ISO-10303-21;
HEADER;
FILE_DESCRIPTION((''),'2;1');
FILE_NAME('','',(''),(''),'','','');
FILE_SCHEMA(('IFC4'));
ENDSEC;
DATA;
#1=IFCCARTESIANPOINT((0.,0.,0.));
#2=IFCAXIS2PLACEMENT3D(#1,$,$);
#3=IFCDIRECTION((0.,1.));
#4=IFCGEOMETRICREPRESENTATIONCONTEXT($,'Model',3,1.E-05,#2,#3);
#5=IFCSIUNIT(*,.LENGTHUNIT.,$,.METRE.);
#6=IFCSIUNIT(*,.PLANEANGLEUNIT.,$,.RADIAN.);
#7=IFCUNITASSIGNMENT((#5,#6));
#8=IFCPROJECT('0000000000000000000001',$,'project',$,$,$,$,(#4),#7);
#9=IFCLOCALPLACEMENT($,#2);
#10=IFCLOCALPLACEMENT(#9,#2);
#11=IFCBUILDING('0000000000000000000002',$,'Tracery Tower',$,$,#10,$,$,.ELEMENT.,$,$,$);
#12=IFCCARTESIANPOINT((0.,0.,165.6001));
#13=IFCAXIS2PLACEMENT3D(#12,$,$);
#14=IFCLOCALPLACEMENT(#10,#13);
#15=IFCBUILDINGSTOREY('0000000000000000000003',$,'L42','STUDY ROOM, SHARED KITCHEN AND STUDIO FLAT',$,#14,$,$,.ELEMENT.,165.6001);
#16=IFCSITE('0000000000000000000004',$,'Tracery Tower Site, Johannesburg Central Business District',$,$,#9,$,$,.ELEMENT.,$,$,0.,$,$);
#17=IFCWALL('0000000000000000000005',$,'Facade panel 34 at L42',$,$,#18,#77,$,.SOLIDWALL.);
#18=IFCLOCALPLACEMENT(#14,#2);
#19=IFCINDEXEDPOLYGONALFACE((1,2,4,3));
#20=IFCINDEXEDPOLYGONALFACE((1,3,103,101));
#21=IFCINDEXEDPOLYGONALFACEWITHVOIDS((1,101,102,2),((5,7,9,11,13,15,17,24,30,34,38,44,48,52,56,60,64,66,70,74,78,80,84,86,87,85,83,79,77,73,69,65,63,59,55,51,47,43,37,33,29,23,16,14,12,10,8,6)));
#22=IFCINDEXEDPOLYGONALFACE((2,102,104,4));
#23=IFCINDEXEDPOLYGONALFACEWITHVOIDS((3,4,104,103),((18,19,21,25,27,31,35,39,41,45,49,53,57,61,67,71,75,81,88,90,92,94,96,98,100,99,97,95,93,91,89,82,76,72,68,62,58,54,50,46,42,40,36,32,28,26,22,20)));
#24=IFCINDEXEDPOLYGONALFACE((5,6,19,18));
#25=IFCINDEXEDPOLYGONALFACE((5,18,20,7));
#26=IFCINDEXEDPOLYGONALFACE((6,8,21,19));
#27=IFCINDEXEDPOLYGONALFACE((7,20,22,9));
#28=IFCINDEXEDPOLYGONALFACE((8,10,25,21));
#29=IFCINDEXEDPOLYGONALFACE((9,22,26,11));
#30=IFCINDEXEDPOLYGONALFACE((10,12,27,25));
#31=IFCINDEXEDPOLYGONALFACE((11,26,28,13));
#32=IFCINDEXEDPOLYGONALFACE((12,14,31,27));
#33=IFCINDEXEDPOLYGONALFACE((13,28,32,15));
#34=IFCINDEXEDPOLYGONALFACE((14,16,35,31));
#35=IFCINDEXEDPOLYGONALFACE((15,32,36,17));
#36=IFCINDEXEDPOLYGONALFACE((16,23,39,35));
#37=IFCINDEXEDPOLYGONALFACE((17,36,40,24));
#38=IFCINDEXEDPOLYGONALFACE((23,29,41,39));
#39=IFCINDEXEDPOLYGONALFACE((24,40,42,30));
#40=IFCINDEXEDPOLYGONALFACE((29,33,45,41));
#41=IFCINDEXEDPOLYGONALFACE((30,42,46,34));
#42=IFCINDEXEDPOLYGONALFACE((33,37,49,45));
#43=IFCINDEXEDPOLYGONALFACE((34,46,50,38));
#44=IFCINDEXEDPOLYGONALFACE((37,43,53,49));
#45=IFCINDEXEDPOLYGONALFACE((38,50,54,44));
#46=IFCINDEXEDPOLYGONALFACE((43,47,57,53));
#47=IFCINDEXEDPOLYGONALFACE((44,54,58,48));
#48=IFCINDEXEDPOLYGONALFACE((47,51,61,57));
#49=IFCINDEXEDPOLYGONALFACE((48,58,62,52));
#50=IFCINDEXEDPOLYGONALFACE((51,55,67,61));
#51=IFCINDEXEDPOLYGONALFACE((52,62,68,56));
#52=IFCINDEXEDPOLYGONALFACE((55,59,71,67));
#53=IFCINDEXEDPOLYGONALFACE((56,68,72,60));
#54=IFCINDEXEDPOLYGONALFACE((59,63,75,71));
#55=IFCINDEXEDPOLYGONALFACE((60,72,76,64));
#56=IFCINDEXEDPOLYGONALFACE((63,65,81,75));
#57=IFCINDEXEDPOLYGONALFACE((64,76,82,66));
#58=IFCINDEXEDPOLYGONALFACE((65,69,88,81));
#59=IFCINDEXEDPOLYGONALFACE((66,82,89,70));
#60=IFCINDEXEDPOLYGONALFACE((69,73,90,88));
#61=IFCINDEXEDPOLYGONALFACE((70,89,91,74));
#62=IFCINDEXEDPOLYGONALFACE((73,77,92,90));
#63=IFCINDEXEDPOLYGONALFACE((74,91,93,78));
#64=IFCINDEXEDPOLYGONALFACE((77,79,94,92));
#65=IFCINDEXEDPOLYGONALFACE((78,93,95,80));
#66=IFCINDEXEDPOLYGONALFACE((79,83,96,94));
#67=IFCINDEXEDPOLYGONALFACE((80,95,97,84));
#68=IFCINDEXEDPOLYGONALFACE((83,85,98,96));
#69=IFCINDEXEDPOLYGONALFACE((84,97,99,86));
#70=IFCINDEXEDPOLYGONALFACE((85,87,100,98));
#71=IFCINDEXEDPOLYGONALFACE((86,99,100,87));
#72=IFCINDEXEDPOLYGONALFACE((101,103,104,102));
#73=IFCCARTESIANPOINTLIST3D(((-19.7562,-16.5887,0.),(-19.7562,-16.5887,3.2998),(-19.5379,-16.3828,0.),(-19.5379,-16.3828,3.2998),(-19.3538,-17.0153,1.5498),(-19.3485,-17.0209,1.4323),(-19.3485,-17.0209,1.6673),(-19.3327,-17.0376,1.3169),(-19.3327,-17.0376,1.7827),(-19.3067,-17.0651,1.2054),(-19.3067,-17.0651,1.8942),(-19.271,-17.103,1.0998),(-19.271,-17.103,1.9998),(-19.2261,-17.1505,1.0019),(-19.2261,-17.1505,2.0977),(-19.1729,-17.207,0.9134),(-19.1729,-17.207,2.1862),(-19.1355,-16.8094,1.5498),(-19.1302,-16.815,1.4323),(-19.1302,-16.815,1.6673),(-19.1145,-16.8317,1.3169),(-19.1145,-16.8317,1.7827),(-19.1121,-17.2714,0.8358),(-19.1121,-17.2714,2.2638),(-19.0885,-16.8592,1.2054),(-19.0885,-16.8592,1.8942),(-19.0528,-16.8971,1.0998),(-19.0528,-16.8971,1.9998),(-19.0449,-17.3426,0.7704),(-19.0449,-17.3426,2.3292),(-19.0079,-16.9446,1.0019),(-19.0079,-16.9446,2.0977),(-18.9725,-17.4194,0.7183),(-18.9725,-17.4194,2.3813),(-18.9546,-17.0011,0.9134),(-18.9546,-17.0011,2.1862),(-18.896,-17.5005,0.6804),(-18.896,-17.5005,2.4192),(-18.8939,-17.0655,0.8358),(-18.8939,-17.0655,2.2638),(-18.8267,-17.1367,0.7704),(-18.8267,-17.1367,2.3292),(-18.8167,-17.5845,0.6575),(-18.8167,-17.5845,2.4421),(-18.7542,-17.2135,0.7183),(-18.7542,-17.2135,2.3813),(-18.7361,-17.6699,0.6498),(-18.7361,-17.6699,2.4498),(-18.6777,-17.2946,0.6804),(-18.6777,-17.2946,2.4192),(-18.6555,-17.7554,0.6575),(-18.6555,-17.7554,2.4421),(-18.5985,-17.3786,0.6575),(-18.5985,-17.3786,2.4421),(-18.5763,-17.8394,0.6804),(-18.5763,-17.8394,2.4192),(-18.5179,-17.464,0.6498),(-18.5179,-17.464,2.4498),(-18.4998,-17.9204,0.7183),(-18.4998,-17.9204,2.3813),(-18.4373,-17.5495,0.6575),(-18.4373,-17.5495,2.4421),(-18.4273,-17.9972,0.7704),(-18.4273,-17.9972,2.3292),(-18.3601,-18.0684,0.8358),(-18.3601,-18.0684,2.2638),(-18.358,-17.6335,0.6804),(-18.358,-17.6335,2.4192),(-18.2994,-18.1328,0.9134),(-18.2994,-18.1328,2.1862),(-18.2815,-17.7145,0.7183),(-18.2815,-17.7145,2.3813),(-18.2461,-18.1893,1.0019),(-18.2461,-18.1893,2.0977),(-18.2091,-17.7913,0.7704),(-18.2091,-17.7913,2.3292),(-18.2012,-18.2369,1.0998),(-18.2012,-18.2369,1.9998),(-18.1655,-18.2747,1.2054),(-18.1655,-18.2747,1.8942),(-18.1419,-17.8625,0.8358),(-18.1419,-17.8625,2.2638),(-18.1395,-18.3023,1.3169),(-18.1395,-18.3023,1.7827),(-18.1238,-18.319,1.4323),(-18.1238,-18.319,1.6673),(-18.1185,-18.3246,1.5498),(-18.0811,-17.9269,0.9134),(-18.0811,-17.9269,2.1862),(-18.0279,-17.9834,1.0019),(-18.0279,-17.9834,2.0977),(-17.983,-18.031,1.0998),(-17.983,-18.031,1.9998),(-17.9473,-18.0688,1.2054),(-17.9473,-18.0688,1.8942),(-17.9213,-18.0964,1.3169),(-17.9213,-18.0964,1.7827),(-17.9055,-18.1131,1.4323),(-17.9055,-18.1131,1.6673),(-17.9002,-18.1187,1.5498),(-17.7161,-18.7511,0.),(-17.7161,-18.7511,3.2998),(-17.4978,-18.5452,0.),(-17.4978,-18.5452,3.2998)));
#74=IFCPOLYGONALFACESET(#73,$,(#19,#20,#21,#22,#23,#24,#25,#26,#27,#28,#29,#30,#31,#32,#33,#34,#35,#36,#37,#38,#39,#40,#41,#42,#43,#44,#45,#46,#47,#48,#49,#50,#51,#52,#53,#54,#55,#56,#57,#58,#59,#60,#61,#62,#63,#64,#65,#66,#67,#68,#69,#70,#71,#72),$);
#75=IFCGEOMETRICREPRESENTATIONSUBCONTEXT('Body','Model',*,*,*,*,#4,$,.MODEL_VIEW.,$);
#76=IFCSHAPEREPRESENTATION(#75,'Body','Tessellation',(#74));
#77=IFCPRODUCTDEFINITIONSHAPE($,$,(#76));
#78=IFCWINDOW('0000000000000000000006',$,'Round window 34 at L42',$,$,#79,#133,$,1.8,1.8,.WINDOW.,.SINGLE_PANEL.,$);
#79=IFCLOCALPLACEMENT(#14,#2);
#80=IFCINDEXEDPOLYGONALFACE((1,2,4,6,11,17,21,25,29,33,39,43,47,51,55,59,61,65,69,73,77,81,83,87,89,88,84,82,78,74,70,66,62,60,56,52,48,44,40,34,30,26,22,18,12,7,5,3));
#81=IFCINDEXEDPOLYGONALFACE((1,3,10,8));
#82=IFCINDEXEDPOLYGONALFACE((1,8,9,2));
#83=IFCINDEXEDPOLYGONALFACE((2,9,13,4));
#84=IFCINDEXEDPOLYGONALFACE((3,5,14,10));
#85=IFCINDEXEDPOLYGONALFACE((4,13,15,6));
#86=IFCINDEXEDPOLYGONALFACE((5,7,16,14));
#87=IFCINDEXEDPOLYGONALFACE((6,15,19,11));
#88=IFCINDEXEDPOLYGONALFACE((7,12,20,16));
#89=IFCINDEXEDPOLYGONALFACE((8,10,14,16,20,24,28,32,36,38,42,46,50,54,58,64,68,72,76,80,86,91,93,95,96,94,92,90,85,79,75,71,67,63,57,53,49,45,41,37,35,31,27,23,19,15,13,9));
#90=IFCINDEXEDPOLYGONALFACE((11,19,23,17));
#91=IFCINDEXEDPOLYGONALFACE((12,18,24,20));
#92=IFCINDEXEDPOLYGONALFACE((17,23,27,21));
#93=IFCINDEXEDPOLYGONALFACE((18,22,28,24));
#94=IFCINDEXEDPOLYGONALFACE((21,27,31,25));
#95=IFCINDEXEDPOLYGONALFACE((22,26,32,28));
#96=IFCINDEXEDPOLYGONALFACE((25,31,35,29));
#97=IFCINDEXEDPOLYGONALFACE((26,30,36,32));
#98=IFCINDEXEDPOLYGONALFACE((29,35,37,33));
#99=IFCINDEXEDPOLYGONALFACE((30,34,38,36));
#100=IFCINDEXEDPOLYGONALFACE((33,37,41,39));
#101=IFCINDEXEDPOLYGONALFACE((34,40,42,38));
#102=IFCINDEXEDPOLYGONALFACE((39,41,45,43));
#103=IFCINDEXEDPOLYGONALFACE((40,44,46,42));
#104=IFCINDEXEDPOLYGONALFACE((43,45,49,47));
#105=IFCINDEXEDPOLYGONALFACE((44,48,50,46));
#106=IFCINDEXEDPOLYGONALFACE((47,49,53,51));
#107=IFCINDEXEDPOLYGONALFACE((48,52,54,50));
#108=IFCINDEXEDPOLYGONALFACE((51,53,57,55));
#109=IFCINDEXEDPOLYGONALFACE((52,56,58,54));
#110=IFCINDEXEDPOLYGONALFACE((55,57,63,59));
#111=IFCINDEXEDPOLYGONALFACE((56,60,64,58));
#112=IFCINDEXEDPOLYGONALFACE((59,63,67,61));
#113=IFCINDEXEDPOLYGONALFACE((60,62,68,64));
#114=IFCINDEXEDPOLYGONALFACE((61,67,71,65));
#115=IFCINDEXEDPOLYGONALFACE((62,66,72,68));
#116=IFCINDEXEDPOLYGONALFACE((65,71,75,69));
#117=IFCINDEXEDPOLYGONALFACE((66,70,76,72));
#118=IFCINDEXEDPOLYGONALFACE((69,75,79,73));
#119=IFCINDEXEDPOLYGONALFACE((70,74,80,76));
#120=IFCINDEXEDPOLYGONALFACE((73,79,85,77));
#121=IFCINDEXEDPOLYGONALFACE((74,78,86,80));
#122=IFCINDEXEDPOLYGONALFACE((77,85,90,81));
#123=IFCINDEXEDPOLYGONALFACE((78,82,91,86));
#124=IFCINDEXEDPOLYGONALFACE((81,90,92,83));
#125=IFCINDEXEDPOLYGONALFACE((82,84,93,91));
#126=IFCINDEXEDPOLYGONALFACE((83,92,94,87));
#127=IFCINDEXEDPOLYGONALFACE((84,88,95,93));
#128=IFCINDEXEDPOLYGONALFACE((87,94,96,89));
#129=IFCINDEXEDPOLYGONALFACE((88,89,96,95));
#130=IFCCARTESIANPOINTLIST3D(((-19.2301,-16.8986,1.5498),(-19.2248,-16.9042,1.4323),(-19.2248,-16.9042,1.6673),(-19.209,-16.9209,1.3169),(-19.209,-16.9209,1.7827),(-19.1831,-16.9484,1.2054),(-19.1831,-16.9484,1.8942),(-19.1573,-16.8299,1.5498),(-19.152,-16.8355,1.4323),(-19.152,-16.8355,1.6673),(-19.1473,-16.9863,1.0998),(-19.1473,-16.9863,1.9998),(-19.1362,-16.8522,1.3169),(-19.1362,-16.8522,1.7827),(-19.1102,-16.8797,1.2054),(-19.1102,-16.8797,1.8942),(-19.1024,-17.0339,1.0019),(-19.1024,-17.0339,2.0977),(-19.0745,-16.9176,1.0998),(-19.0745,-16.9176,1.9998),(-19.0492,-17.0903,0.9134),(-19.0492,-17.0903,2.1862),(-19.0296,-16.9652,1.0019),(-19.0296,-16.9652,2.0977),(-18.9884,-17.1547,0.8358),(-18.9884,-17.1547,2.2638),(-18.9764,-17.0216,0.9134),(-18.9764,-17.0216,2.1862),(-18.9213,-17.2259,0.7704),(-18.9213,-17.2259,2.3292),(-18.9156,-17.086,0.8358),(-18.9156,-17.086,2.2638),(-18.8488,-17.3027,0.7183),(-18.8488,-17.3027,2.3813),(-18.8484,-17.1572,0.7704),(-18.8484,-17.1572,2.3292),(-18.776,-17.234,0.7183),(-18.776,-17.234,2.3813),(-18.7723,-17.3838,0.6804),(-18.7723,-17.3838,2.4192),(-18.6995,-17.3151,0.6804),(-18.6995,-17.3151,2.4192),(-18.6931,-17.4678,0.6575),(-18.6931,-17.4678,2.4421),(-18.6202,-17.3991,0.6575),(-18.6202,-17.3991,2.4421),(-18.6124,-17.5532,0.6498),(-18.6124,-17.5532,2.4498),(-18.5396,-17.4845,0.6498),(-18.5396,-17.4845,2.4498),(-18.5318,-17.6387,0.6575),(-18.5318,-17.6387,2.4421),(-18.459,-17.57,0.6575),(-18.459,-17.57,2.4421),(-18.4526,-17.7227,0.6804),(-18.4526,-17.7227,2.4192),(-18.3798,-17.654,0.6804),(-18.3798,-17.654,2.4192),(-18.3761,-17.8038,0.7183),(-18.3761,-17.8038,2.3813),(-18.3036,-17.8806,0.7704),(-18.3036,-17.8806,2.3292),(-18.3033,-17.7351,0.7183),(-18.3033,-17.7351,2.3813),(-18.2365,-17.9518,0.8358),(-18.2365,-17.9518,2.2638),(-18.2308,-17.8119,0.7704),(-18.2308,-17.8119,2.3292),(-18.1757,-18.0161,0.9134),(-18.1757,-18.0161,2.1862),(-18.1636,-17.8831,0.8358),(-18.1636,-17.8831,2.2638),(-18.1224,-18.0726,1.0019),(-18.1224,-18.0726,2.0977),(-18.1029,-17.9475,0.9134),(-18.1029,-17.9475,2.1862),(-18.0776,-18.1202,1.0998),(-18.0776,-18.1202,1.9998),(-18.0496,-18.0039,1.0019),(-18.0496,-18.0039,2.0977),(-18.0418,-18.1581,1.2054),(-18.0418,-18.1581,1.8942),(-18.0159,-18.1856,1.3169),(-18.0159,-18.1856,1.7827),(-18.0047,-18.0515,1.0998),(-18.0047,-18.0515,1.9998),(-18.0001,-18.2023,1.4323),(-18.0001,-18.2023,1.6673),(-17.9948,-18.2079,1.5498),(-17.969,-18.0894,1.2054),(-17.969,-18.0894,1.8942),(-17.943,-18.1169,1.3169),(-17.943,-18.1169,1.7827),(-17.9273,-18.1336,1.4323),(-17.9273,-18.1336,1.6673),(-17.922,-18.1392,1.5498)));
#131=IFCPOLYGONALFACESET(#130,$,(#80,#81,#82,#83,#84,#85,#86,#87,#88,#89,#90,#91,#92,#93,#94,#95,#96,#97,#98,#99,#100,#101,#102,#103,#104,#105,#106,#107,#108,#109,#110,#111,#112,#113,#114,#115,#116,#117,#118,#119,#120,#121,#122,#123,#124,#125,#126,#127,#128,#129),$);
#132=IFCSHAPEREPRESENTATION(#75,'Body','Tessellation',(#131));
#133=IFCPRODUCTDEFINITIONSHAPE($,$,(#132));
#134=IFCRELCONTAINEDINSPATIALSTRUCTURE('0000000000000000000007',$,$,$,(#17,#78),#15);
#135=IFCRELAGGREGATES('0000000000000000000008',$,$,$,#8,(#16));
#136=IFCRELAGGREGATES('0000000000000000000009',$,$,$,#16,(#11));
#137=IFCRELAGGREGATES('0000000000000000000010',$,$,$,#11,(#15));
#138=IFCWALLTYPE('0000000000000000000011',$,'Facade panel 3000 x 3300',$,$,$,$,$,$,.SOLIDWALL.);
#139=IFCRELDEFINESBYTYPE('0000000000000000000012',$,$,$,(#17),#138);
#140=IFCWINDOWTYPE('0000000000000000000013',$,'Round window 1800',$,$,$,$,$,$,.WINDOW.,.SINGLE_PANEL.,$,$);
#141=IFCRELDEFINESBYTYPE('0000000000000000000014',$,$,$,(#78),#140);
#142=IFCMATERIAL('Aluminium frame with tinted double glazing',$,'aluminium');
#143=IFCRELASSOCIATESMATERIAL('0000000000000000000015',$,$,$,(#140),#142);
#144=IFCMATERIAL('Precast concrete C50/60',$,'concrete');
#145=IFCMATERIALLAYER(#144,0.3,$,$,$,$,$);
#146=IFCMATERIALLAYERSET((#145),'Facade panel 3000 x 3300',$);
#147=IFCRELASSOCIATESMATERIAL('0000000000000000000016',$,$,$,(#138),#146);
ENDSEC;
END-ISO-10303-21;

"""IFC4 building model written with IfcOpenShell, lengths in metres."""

from ifc_helpers import new_model, si_unit, direction, frame, frame_2d, origin, origin_2d, place, context, subcontext, project, spatial, rectangle, circle, extrude, material, layer, layer_set, type_object, element, fill, save


model = new_model("IFC4")

# Units and contexts
model_context = context("Model", 3, precision=1e-05, world=origin(), true_north=direction((0.0, 1.0)))
body_context = subcontext(model_context, "Body", "Model", "MODEL_VIEW")
ifc_project = project(units=[si_unit("LENGTHUNIT", "METRE"), si_unit("PLANEANGLEUNIT", "RADIAN")], contexts=[model_context])

# Site, building, storey
site_placement = place(None, origin())
site = spatial("IfcSite", under=ifc_project, at=site_placement, Name="Tracery Tower Site, Johannesburg Central Business District", CompositionType="ELEMENT", RefElevation=0.0)
building_placement = place(site_placement, origin())
building = spatial("IfcBuilding", under=site, at=building_placement, Name="Tracery Tower", CompositionType="ELEMENT")
storey_placement = place(building_placement, frame((0.0, 0.0, 165.6001)))
storey = spatial("IfcBuildingStorey", under=building, at=storey_placement, Name="L42", Description="STUDY ROOM, SHARED KITCHEN AND STUDIO FLAT", CompositionType="ELEMENT", Elevation=165.6001)

# Wall, opening, window
ifc_material_1 = material(Name="Aluminium frame with tinted double glazing", Category="aluminium")
window_type = type_object("IfcWindowType", Name="Round window 1800", PartitioningType="SINGLE_PANEL", PredefinedType="WINDOW", material=ifc_material_1)
ifc_material_2 = material(Name="Precast concrete C50/60", Category="concrete")
ifc_layer_1 = layer(ifc_material_2, 0.3)
ifc_layer_set_1 = layer_set([ifc_layer_1], Name="Facade panel 3000 x 3300")
wall_type_1 = type_object("IfcWallType", Name="Facade panel 3000 x 3300", PredefinedType="SOLIDWALL", material=ifc_layer_set_1)
wall_1_placement = place(storey_placement, frame((-19.647, -16.4858, 0.0), z_axis=(0.0, 0.0, 1.0), x_axis=(0.686235, -0.72738, 0.0)))
wall_1 = element("IfcWall", 1, at=wall_1_placement, inside=storey, type_object=wall_type_1, Name="Facade panel 34 at L42", PredefinedType="SOLIDWALL", context=body_context, shape_type="SweptSolid", body=[
    extrude(rectangle(XDim=2.9729, YDim=0.3, at=frame_2d((1.4863, 0.0))), origin(), (0.0, 0.0, 1.0), 3.2998),
])
opening_1_placement = place(wall_1_placement, frame((1.4863, 0.0, 1.5498)))
opening_1 = element("IfcOpeningElement", 2, at=opening_1_placement, cuts=wall_1, PredefinedType="OPENING", context=body_context, shape_type="SweptSolid", body=[
    extrude(circle(Radius=0.9, at=origin_2d()), frame((0.0, 0.1599, 0.0), z_axis=(0.0, -1.0, 0.0), x_axis=(1.0, 0.0, 0.0)), (0.0, 0.0, 1.0), 0.3201),
])
window_1_placement = place(opening_1_placement, origin())
window_1 = element("IfcWindow", 3, at=window_1_placement, inside=storey, type_object=window_type, Name="Round window 34 at L42", OverallHeight=1.8, OverallWidth=1.8, PartitioningType="SINGLE_PANEL", PredefinedType="WINDOW", context=body_context, shape_type="SweptSolid", body=[
    extrude(circle(Radius=0.9, at=origin_2d()), frame((0.0, 0.1201, 0.0), z_axis=(0.0, -1.0, 0.0), x_axis=(1.0, 0.0, 0.0)), (0.0, 0.0, 1.0), 0.1001),
])
fill(opening_1, window_1)

save(model, "model.ifc")
